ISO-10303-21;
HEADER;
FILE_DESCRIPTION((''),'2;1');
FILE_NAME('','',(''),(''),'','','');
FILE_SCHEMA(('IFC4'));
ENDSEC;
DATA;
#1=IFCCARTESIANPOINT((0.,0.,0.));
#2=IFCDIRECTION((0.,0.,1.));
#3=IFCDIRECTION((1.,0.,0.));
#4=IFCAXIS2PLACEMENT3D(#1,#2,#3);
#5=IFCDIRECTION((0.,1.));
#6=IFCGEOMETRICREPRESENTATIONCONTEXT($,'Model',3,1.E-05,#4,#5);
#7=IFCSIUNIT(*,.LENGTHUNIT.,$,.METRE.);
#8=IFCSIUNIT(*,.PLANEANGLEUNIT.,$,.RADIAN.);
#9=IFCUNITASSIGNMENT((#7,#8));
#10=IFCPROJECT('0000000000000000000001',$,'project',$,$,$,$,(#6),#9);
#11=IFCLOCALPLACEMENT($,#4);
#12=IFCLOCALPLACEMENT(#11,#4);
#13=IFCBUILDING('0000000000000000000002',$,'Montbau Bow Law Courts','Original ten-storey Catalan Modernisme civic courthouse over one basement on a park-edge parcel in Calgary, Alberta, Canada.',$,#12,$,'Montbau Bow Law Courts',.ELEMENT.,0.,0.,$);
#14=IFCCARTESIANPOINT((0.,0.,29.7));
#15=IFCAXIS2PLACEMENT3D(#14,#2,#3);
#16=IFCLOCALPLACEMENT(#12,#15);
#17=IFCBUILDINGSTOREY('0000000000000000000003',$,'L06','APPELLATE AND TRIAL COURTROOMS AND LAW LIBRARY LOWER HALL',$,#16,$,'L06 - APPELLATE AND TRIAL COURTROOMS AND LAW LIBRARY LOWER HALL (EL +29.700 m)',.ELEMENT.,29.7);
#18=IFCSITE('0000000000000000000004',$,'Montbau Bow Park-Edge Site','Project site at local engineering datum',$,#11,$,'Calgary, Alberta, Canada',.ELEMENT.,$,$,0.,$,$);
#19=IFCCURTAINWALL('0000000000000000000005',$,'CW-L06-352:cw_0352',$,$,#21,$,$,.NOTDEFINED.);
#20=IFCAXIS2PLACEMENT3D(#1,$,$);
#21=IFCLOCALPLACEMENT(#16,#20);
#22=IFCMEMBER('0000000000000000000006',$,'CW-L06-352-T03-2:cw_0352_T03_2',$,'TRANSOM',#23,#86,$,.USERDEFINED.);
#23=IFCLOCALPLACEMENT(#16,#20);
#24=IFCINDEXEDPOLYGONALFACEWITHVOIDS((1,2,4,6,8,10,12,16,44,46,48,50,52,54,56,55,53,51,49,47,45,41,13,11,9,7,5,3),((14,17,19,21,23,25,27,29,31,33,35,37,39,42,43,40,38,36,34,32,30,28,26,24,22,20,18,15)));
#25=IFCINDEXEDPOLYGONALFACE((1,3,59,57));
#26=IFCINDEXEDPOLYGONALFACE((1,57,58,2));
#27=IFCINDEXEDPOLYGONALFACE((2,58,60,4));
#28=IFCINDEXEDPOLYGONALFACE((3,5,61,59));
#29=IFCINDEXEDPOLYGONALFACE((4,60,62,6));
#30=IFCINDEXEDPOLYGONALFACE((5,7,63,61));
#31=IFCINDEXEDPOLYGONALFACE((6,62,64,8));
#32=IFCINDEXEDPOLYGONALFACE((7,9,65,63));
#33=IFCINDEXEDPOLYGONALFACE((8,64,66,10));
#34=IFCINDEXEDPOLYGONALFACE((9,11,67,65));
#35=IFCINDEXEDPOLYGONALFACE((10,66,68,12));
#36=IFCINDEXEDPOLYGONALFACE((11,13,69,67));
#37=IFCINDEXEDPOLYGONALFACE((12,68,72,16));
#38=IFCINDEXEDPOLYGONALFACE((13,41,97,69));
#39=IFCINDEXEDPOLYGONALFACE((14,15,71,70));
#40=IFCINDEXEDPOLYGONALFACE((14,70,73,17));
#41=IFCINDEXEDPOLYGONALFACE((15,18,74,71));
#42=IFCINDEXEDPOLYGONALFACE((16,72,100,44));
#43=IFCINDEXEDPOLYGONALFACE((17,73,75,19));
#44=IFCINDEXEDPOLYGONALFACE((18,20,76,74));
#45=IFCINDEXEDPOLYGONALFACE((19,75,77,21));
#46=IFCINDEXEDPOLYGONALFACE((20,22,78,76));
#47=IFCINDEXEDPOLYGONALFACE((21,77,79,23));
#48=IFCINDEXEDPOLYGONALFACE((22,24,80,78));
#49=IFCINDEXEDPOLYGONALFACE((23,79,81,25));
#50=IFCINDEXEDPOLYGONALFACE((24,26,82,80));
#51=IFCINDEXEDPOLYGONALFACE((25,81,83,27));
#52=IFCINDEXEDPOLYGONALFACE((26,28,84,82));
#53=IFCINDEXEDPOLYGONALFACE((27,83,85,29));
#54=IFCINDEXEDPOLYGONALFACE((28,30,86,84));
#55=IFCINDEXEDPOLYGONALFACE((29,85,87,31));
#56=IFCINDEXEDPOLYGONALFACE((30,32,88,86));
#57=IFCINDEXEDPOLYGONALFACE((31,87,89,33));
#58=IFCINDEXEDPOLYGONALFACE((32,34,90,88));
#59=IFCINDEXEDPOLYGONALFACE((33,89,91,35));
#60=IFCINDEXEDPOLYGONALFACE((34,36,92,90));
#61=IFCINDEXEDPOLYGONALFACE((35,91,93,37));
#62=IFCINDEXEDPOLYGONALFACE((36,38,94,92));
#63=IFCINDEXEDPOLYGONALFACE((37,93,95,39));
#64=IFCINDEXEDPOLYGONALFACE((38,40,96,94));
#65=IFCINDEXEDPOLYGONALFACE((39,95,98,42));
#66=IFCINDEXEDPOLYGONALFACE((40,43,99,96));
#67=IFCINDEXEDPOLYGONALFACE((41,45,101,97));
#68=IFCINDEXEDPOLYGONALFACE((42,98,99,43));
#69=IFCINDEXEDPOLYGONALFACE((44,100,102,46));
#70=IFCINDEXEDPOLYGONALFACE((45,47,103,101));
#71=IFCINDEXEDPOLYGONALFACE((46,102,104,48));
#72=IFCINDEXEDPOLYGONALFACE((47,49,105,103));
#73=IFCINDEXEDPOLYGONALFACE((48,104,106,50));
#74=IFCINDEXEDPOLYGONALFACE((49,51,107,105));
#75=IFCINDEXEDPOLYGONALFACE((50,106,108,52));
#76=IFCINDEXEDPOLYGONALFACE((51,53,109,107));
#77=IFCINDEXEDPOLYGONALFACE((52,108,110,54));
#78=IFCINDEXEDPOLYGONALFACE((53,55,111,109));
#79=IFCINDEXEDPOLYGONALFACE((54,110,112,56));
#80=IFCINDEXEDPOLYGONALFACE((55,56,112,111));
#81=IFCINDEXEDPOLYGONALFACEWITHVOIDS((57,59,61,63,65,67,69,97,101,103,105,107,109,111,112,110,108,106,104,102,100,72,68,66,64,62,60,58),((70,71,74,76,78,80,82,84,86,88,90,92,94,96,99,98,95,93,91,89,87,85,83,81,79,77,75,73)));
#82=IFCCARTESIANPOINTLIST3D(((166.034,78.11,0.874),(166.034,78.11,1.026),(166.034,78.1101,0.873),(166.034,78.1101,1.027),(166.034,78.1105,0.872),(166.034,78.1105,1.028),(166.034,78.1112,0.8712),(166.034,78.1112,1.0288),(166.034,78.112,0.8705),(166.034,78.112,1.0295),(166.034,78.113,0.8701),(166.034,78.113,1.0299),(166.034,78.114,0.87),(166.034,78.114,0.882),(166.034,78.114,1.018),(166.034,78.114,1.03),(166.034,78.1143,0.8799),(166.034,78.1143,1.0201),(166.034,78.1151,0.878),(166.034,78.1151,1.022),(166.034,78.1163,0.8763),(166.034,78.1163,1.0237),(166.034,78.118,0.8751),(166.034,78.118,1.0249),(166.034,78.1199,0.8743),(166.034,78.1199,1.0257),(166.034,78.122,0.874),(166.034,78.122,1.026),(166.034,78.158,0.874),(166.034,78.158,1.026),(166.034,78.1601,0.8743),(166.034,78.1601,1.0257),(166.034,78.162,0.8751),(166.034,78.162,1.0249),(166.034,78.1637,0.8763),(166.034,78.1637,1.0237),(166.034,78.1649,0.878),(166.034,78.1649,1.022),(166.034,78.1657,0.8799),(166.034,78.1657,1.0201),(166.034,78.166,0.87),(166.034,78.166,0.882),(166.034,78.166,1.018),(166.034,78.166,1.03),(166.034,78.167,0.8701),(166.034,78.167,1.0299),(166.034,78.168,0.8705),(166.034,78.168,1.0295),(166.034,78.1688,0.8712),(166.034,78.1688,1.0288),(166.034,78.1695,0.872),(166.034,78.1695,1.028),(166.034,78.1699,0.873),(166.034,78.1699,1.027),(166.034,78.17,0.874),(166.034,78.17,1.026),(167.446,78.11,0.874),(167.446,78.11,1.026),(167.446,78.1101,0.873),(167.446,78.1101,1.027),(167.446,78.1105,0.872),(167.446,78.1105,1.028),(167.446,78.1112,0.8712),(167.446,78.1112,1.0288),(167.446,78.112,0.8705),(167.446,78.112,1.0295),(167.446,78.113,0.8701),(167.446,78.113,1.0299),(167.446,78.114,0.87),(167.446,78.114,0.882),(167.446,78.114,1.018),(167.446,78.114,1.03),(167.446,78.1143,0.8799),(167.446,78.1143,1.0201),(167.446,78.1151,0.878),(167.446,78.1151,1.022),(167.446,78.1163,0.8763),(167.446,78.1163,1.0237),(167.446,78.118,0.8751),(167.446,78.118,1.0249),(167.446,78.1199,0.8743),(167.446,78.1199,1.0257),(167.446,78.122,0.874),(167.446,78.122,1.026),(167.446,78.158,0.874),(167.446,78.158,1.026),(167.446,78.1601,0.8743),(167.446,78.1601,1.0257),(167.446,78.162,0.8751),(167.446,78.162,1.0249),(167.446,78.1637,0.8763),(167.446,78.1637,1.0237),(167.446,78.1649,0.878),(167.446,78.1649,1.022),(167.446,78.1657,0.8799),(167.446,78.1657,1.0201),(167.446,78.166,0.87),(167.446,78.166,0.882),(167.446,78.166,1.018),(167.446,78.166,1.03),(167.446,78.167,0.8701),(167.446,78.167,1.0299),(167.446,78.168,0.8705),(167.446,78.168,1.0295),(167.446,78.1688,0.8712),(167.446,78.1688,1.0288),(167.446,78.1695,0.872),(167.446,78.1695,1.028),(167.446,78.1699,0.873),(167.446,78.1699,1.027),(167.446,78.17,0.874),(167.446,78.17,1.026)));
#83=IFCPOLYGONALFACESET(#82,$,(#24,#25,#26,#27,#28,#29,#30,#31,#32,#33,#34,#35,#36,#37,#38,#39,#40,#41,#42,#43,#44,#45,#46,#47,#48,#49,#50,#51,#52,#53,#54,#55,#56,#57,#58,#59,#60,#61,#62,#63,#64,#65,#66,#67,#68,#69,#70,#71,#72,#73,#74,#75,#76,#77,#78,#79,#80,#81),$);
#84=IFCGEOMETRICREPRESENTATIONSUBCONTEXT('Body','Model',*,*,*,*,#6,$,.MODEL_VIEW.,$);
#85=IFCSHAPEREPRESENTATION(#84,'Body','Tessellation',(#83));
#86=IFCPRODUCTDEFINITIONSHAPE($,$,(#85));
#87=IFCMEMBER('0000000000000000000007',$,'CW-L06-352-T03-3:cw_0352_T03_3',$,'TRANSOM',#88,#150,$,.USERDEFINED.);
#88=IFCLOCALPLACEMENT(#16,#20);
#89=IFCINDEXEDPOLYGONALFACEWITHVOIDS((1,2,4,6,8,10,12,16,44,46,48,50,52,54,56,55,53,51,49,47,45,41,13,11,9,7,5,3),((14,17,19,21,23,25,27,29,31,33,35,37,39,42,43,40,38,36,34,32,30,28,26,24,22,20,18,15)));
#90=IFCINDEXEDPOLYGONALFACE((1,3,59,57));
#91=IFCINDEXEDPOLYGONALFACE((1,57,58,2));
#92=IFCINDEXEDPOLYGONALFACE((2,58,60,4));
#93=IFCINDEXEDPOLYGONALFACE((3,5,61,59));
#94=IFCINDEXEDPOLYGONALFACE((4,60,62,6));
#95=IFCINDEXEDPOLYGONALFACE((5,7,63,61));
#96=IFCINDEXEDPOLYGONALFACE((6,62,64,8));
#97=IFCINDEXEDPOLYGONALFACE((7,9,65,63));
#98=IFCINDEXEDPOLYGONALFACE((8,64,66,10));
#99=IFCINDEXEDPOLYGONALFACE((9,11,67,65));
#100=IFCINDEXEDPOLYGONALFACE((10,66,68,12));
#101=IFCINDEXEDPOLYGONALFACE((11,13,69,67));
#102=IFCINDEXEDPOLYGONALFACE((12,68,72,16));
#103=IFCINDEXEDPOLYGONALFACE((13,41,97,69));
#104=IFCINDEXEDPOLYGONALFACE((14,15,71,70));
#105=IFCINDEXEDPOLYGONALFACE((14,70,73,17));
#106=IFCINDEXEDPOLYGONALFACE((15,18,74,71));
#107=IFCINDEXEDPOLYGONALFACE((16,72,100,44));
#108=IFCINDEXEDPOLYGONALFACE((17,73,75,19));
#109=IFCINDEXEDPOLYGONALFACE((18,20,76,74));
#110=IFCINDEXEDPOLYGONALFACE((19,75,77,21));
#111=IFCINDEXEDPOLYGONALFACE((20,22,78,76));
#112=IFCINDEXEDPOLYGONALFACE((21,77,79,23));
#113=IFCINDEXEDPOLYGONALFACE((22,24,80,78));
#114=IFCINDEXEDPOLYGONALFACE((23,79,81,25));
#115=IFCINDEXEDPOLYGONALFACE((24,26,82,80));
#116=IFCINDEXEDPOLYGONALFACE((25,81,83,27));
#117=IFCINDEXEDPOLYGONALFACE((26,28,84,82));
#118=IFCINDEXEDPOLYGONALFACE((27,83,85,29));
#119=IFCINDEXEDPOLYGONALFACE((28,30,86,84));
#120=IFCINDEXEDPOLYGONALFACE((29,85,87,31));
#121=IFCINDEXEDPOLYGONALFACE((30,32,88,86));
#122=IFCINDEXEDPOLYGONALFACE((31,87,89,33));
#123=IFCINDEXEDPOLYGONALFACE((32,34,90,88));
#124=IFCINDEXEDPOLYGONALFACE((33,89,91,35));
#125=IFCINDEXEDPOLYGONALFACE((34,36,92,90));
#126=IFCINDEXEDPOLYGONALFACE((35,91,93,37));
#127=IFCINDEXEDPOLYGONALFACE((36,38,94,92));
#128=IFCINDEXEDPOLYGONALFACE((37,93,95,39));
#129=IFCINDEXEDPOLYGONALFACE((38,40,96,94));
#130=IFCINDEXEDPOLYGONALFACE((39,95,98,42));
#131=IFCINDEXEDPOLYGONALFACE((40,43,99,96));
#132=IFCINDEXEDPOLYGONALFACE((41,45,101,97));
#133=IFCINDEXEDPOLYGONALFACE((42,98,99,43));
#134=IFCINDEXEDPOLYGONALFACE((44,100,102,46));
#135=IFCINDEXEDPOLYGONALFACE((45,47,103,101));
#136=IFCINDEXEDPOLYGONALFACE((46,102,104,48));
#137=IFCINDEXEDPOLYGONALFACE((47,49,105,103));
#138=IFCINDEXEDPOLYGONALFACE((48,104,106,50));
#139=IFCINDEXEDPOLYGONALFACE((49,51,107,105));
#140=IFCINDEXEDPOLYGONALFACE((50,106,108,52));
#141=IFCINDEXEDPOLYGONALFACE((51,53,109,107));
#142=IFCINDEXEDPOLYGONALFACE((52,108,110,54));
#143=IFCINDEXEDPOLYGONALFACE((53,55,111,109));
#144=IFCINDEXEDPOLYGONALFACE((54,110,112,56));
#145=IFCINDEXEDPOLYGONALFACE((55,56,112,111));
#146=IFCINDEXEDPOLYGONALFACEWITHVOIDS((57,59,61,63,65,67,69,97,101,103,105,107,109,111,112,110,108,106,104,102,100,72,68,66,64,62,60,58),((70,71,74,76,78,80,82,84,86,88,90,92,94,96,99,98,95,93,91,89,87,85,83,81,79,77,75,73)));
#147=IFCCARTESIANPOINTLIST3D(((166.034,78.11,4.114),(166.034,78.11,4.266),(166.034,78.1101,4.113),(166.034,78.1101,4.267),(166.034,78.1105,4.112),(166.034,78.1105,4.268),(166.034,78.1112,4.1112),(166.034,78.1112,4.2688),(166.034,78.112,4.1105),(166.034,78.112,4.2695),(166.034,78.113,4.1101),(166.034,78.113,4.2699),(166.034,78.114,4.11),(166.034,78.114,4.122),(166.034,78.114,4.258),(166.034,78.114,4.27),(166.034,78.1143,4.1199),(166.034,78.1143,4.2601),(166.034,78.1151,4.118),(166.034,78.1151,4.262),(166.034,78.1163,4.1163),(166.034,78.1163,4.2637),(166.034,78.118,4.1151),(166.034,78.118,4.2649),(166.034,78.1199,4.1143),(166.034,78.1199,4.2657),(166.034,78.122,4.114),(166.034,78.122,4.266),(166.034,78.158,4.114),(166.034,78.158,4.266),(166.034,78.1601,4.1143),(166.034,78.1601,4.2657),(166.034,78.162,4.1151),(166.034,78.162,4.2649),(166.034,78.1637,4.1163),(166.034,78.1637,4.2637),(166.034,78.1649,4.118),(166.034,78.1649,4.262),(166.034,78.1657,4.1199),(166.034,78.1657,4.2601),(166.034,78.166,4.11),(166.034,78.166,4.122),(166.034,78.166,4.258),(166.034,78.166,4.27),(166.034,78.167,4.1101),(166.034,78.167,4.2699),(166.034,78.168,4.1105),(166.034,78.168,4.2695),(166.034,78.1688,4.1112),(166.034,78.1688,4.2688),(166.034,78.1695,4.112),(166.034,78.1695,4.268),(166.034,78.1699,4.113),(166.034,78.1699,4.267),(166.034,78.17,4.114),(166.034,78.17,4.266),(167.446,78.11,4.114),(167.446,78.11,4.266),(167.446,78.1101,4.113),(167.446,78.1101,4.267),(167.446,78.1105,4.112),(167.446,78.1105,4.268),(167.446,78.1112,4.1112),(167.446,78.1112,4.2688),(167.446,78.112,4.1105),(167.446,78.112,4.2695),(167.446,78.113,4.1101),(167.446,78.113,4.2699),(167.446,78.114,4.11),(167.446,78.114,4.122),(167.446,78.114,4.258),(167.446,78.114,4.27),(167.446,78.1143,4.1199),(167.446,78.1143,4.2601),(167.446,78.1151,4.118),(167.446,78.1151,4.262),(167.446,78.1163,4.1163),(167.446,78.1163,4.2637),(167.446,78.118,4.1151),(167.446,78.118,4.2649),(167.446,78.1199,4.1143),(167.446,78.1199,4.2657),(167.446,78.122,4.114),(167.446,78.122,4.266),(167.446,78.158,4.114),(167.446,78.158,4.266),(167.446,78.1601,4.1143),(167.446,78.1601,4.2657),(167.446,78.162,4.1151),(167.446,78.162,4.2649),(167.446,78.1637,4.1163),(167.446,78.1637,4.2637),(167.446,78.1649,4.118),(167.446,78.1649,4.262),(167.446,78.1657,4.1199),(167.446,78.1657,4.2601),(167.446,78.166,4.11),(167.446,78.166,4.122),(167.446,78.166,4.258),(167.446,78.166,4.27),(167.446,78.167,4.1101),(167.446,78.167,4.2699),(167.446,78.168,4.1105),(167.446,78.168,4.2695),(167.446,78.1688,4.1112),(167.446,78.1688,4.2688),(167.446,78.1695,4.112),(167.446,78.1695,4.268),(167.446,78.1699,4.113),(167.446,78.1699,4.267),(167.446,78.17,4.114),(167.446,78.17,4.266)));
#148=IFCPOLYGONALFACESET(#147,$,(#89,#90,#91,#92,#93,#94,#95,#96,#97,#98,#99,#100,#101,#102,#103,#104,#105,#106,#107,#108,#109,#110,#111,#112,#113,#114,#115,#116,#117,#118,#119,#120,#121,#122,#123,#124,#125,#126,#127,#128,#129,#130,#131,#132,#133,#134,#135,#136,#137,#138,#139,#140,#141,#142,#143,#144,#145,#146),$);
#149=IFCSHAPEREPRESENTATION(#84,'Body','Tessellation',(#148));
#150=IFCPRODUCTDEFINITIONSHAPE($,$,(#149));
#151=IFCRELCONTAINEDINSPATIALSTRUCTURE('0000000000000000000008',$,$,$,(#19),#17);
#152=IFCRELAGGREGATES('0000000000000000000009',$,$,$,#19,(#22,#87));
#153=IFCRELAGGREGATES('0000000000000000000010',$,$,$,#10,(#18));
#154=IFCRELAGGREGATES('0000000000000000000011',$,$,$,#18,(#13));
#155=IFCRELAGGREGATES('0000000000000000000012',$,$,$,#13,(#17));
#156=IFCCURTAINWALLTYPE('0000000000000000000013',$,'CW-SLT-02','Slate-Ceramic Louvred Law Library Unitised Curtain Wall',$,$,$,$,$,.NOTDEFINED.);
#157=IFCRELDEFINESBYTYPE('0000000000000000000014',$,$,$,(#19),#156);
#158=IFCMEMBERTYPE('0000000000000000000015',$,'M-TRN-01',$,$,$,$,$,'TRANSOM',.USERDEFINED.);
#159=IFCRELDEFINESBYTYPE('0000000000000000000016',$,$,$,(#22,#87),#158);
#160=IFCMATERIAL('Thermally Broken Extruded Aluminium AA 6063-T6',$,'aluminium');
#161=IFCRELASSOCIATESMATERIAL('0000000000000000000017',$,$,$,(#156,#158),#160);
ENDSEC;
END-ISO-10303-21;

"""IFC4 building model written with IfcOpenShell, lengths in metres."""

from ifc_helpers import new_model, si_unit, direction, frame, origin_with_axes, origin_2d_with_axis, place, context, subcontext, project, spatial, hollow_rectangle, extrude, material, material_profile, profile_set, type_object, element, aggregate, save


model = new_model("IFC4")

# Units and contexts
model_context = context("Model", 3, precision=1e-05, world=origin_with_axes(), true_north=direction((0.0, 1.0)))
body_context = subcontext(model_context, "Body", "Model", "MODEL_VIEW")
ifc_project = project(units=[si_unit("LENGTHUNIT", "METRE"), si_unit("PLANEANGLEUNIT", "RADIAN")], contexts=[model_context])

# Site, building, storey
site_placement = place(None, origin_with_axes())
site = spatial("IfcSite", under=ifc_project, at=site_placement, Name="Montbau Bow Park-Edge Site", Description="Project site at local engineering datum", LongName="Calgary, Alberta, Canada", CompositionType="ELEMENT", RefElevation=0.0)
building_placement = place(site_placement, origin_with_axes())
building = spatial("IfcBuilding", under=site, at=building_placement, Name="Montbau Bow Law Courts", Description="Original ten-storey Catalan Modernisme civic courthouse over one basement on a park-edge parcel in Calgary, Alberta, Canada.", LongName="Montbau Bow Law Courts", CompositionType="ELEMENT", ElevationOfRefHeight=0.0, ElevationOfTerrain=0.0)
storey_placement = place(building_placement, frame((0.0, 0.0, 29.7), z_axis=(0.0, 0.0, 1.0), x_axis=(1.0, 0.0, 0.0)))
storey = spatial("IfcBuildingStorey", under=building, at=storey_placement, Name="L06", Description="APPELLATE AND TRIAL COURTROOMS AND LAW LIBRARY LOWER HALL", LongName="L06 - APPELLATE AND TRIAL COURTROOMS AND LAW LIBRARY LOWER HALL (EL +29.700 m)", CompositionType="ELEMENT", Elevation=29.7)

# Curtain wall, members
ifc_material_1 = material(Name="Thermally Broken Extruded Aluminium AA 6063-T6", Category="aluminium")
curtain_wall_type = type_object("IfcCurtainWallType", Name="CW-SLT-02", Description="Slate-Ceramic Louvred Law Library Unitised Curtain Wall", PredefinedType="NOTDEFINED", material=ifc_material_1)
curtain_wall_1_placement = place(None, frame((163.04, 78.14, 29.7), z_axis=(0.0, 0.0, 1.0), x_axis=(1.0, 0.0, 0.0)))
curtain_wall_1 = element("IfcCurtainWall", 1, at=curtain_wall_1_placement, inside=storey, type_object=curtain_wall_type, Name="CW-L06-352:cw_0352", PredefinedType="NOTDEFINED")
ifc_material_profile_1 = material_profile(ifc_material_1, hollow_rectangle(XDim=0.06, YDim=0.16, WallThickness=0.004, InnerFilletRadius=0.008, OuterFilletRadius=0.004, at=origin_2d_with_axis()), Name="CWT-160X60", Category="Main", Priority=0)
ifc_profile_set_1 = profile_set([ifc_material_profile_1], Name="Thermally Broken Extruded Aluminium AA 6063-T6")
member_type_1 = type_object("IfcMemberType", Name="M-TRN-01", ElementType="TRANSOM", PredefinedType="USERDEFINED", material=ifc_profile_set_1)
member_1_placement = place(None, frame((166.034, 78.14, 30.65), z_axis=(1.0, 0.0, 0.0), x_axis=(0.0, 1.0, 0.0)))
member_1 = element("IfcMember", 2, at=member_1_placement, type_object=member_type_1, Name="CW-L06-352-T03-2:cw_0352_T03_2", ObjectType="TRANSOM", PredefinedType="USERDEFINED", context=body_context, shape_type="SweptSolid", body=[
    extrude(hollow_rectangle(XDim=0.06, YDim=0.16, WallThickness=0.004, InnerFilletRadius=0.008, OuterFilletRadius=0.004, at=origin_2d_with_axis()), origin_with_axes(), (0.0, 0.0, 1.0), 1.412),
])
member_2_placement = place(None, frame((166.034, 78.14, 33.89), z_axis=(1.0, 0.0, 0.0), x_axis=(0.0, 1.0, 0.0)))
member_2 = element("IfcMember", 3, at=member_2_placement, type_object=member_type_1, Name="CW-L06-352-T03-3:cw_0352_T03_3", ObjectType="TRANSOM", PredefinedType="USERDEFINED", context=body_context, shape_type="SweptSolid", body=[
    extrude(hollow_rectangle(XDim=0.06, YDim=0.16, WallThickness=0.004, InnerFilletRadius=0.008, OuterFilletRadius=0.004, at=origin_2d_with_axis()), origin_with_axes(), (0.0, 0.0, 1.0), 1.412),
])

aggregate(curtain_wall_1, [member_1, member_2])

save(model, "model.ifc")
